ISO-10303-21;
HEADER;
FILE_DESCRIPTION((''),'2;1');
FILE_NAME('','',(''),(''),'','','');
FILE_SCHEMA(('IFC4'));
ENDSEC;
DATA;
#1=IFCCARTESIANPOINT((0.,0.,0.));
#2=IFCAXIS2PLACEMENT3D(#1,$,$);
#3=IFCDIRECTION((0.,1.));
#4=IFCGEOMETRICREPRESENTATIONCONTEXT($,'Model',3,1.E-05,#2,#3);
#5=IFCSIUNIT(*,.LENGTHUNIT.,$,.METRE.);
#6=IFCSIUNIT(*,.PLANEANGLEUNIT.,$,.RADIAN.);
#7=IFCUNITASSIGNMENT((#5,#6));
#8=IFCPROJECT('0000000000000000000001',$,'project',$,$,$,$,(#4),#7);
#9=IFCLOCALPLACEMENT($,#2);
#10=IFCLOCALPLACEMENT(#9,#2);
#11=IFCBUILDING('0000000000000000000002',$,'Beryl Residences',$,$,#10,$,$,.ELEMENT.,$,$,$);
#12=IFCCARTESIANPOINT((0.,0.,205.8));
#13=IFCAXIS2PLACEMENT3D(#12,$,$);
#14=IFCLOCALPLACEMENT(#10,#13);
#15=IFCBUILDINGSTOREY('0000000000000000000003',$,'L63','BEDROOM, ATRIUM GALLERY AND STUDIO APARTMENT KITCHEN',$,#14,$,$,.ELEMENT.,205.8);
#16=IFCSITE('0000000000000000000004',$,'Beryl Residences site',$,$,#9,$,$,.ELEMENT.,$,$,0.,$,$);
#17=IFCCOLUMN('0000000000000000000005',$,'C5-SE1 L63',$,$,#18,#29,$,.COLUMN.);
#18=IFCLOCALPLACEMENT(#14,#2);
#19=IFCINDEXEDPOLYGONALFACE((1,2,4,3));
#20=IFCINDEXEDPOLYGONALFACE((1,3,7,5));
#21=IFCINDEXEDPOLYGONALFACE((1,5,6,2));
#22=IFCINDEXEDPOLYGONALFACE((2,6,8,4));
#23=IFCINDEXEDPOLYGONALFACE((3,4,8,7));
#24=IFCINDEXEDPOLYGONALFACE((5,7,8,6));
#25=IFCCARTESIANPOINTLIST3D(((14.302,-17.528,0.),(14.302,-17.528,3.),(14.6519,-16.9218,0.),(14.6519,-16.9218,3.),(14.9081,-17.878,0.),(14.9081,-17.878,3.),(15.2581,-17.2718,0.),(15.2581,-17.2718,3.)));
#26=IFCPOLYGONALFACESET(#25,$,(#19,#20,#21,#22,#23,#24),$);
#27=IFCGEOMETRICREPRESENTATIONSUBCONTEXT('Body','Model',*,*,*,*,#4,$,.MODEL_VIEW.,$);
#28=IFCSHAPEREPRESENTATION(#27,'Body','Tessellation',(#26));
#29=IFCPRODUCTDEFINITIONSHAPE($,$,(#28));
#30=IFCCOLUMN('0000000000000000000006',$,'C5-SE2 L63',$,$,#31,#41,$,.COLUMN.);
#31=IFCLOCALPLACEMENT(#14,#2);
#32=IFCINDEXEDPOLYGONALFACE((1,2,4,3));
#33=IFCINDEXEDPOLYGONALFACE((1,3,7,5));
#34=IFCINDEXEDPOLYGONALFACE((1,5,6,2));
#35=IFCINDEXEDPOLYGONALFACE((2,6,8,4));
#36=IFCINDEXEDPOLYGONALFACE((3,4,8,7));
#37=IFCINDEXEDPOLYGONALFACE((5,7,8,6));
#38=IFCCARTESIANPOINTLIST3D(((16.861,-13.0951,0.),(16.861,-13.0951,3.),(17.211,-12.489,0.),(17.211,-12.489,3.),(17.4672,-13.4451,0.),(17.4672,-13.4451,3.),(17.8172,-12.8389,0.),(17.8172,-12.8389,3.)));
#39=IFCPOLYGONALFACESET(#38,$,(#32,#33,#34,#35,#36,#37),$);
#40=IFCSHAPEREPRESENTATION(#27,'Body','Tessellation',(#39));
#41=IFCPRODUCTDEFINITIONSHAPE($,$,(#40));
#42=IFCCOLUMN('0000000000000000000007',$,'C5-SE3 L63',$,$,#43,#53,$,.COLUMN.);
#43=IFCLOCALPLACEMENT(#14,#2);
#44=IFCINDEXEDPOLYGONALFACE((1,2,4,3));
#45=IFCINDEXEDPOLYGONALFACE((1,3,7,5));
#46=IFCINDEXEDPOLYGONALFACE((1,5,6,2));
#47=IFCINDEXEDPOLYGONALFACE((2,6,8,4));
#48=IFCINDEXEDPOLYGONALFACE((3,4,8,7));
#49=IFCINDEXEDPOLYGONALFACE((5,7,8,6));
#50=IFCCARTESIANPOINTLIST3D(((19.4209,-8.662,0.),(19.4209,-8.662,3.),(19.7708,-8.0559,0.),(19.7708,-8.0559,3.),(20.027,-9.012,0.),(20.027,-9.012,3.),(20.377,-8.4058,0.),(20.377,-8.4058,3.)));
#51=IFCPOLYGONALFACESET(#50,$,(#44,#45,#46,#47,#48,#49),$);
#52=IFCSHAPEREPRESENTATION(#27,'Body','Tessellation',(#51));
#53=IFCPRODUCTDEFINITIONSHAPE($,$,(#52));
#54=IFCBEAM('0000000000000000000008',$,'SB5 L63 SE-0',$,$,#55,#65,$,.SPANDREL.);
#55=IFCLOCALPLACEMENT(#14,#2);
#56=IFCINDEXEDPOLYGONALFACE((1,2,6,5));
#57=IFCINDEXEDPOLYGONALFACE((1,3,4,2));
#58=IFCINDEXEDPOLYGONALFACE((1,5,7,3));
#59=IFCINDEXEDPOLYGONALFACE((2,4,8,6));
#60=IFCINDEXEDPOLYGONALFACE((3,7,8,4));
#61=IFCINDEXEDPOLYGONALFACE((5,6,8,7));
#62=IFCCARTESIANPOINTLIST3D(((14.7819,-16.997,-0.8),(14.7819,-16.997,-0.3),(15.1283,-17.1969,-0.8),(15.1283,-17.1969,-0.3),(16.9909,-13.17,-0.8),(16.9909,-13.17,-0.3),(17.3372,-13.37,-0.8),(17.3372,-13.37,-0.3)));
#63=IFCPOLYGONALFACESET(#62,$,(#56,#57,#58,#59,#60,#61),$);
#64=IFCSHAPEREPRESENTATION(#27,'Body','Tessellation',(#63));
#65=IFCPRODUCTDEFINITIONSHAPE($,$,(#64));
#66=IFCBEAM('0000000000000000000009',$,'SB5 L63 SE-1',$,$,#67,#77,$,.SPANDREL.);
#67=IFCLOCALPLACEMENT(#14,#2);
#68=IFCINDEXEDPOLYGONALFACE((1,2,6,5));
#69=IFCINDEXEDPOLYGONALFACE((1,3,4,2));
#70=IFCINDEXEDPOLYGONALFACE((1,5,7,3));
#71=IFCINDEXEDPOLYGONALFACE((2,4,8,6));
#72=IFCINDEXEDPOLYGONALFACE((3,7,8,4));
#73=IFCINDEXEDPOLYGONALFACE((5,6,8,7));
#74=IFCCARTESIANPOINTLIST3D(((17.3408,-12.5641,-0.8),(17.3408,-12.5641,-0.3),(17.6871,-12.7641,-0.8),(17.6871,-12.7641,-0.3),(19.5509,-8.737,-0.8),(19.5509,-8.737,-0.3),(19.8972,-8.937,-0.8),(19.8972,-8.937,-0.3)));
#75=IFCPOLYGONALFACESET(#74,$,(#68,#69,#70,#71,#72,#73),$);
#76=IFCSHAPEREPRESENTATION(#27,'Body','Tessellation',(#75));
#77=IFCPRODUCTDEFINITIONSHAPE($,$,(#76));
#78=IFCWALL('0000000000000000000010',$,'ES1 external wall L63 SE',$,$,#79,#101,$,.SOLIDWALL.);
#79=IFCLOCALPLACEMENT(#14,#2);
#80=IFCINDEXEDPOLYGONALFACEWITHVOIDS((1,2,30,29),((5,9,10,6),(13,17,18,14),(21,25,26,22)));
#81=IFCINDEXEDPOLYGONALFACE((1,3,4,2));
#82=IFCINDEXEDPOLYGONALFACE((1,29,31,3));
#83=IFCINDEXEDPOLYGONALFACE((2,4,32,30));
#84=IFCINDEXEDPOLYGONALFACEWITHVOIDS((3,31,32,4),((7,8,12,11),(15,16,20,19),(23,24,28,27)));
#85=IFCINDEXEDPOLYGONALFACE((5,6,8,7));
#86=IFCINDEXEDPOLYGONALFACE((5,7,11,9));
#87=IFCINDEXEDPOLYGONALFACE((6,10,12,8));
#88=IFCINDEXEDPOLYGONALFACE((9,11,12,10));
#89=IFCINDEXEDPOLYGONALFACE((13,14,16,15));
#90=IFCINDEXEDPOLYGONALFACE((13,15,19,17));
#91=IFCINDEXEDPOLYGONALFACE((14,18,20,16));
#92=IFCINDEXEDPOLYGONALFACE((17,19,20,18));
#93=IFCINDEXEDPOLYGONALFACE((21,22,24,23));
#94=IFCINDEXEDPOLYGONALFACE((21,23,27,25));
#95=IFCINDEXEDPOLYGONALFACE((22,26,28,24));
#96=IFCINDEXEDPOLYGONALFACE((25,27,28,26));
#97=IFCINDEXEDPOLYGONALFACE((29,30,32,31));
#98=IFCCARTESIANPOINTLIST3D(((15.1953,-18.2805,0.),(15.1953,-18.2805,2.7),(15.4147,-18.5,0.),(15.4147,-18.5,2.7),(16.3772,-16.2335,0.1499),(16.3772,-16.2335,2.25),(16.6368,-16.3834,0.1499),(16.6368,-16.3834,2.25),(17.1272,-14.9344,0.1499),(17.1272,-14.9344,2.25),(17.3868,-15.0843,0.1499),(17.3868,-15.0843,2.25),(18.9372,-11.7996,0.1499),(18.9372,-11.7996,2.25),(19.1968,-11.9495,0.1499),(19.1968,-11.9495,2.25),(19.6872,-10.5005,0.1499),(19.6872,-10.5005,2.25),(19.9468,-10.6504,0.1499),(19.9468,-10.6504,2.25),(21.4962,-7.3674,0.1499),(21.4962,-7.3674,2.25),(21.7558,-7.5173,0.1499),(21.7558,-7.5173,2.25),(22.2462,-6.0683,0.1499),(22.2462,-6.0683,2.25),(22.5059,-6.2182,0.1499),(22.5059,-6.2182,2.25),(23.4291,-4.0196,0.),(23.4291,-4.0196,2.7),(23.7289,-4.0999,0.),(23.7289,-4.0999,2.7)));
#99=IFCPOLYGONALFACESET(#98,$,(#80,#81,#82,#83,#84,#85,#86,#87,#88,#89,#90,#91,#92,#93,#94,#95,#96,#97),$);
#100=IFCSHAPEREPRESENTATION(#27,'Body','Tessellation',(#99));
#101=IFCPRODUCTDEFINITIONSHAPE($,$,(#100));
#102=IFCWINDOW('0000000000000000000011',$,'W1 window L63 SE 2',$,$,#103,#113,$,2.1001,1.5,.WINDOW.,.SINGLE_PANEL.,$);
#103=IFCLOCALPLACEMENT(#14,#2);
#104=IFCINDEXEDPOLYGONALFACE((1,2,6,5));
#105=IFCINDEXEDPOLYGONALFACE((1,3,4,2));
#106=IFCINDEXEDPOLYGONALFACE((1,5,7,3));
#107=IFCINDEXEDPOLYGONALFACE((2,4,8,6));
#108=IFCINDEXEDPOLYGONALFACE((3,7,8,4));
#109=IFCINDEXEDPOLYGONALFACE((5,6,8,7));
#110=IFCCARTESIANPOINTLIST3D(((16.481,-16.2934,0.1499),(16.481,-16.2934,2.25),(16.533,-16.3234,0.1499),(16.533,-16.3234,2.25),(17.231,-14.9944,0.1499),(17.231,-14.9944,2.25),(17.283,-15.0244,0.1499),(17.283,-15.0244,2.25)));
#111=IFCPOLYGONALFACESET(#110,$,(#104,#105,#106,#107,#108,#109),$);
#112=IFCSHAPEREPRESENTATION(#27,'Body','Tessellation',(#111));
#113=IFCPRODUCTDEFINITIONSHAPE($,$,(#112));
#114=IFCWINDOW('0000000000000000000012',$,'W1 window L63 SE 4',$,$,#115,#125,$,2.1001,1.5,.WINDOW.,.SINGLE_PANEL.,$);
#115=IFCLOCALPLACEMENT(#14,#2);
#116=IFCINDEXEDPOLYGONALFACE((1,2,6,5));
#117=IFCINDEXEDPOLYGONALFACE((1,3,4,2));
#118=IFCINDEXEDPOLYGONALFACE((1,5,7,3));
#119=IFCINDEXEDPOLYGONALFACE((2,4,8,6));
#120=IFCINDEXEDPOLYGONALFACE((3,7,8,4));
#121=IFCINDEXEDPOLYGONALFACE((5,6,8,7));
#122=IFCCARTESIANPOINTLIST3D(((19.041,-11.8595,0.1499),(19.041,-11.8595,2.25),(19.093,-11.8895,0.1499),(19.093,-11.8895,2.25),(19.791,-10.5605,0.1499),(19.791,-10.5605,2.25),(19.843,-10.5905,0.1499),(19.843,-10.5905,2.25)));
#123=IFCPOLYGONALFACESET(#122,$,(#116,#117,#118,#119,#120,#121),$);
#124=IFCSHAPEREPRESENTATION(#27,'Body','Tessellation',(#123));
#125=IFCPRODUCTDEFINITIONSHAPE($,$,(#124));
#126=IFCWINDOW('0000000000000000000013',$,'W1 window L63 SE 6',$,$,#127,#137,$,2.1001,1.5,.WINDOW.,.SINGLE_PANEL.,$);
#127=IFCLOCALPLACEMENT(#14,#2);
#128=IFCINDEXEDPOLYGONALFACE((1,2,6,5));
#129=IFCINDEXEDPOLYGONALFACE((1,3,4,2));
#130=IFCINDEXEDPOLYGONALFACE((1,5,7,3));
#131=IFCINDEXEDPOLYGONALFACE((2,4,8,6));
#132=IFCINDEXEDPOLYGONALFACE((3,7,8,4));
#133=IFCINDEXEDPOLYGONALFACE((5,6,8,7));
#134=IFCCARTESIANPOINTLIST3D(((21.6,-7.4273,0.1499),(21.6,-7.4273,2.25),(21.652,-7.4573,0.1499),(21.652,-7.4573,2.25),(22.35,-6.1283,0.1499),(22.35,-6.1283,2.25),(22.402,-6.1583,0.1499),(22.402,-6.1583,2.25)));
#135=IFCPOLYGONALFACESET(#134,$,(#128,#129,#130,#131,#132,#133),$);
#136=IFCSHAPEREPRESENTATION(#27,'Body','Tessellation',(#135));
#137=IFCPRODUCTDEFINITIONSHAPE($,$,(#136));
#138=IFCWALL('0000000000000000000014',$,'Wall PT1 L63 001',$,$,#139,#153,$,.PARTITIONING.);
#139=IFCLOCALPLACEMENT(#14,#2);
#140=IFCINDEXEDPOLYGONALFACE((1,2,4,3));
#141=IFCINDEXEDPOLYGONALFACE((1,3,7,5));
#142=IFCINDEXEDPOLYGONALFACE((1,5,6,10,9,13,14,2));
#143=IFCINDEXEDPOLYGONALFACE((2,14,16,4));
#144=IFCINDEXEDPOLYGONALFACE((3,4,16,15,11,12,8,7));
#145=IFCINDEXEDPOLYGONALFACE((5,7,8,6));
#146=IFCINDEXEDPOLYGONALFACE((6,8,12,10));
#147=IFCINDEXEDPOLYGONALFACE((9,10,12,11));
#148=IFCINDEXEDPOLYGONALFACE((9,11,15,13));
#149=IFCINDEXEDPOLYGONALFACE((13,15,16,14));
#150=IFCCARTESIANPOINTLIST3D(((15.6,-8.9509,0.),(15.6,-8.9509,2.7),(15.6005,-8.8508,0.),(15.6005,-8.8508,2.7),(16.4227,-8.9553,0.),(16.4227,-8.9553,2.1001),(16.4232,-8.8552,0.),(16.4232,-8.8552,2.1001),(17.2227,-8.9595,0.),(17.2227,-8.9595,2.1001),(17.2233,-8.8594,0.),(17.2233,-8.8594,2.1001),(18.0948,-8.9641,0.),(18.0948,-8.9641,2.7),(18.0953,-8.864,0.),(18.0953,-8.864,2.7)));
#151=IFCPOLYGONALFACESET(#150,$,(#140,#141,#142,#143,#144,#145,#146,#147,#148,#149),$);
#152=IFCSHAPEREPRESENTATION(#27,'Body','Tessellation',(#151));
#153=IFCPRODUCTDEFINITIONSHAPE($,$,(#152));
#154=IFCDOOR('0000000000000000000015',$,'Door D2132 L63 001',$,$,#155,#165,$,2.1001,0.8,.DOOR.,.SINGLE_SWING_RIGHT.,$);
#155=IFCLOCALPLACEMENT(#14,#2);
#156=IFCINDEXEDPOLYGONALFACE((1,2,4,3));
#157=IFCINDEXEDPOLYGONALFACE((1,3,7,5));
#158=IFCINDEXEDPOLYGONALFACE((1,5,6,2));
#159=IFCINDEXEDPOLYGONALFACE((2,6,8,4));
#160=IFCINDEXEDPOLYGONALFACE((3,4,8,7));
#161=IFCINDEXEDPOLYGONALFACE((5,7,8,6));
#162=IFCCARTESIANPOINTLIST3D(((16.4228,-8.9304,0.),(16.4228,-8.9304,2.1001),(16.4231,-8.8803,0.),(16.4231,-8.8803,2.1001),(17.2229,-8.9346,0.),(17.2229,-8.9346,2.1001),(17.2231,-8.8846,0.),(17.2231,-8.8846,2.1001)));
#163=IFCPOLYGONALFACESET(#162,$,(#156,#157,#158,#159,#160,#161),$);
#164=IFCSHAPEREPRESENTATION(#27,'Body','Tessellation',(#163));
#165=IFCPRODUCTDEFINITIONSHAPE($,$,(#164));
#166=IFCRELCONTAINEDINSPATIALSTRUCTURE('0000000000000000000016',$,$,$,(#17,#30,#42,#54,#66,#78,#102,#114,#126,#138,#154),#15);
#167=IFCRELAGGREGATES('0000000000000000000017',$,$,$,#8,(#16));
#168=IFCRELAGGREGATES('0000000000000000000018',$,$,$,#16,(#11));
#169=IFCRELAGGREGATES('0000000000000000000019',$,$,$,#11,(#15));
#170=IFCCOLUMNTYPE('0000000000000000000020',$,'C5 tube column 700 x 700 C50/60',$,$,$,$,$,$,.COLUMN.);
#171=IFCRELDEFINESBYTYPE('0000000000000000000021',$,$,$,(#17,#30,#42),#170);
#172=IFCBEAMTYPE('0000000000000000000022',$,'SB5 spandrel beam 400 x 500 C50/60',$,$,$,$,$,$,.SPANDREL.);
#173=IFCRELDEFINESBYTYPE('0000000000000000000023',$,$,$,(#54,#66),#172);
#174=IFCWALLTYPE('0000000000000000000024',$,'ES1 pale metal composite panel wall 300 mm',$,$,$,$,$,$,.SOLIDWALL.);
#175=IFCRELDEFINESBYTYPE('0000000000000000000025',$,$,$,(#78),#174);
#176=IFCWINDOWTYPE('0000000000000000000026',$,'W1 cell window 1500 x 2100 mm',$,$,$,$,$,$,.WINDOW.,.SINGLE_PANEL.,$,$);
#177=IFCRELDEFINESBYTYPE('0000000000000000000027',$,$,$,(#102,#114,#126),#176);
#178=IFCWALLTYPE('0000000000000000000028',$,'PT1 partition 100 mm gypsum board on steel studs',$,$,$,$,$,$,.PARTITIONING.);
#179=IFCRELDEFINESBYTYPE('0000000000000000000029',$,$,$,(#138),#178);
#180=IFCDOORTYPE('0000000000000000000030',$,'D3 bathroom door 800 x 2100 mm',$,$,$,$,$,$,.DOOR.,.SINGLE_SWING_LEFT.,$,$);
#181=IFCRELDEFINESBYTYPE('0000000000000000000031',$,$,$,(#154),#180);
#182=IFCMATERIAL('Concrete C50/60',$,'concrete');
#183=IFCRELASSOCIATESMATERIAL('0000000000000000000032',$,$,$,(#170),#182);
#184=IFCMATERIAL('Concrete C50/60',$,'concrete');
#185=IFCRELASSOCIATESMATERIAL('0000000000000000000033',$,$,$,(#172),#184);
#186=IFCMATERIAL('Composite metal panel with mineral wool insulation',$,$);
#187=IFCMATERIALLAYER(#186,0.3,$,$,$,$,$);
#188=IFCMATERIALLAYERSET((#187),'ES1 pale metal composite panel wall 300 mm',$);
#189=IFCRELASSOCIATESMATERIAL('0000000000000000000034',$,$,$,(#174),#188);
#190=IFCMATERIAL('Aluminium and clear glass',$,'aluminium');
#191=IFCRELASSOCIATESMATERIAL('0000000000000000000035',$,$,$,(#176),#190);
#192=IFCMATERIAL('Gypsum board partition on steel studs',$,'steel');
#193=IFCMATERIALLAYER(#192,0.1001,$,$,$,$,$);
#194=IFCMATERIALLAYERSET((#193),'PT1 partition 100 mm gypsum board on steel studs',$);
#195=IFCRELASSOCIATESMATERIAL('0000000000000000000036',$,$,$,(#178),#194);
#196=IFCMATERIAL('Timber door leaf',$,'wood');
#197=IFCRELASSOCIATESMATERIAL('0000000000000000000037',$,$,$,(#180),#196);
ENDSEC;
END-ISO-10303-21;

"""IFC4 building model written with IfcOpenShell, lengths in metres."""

from ifc_helpers import new_model, si_unit, direction, frame, frame_2d, origin, origin_2d, place, context, subcontext, project, spatial, polyline, rectangle, outline, extrude, material, layer, layer_set, material_profile, profile_set, type_object, element, fill, save


model = new_model("IFC4")

# Units and contexts
model_context = context("Model", 3, precision=1e-05, world=origin(), true_north=direction((0.0, 1.0)))
body_context = subcontext(model_context, "Body", "Model", "MODEL_VIEW")
ifc_project = project(units=[si_unit("LENGTHUNIT", "METRE"), si_unit("PLANEANGLEUNIT", "RADIAN")], contexts=[model_context])

# Site, building, storey
site_placement = place(None, origin())
site = spatial("IfcSite", under=ifc_project, at=site_placement, Name="Beryl Residences site", CompositionType="ELEMENT", RefElevation=0.0)
building_placement = place(site_placement, origin())
building = spatial("IfcBuilding", under=site, at=building_placement, Name="Beryl Residences", CompositionType="ELEMENT")
storey_placement = place(building_placement, frame((0.0, 0.0, 205.8)))
storey = spatial("IfcBuildingStorey", under=building, at=storey_placement, Name="L63", Description="BEDROOM, ATRIUM GALLERY AND STUDIO APARTMENT KITCHEN", CompositionType="ELEMENT", Elevation=205.8)

# Columns
ifc_material_1 = material(Name="Concrete C50/60", Category="concrete")
ifc_material_profile_1 = material_profile(ifc_material_1, rectangle(XDim=0.7, YDim=0.7, at=origin_2d()))
ifc_profile_set_1 = profile_set([ifc_material_profile_1], Name="Concrete C50/60")
column_type = type_object("IfcColumnType", Name="C5 tube column 700 x 700 C50/60", PredefinedType="COLUMN", material=ifc_profile_set_1)
for number, where, z_axis, x_axis, name in (
    (1, (14.78, -17.3999, 0.0), (0.0, 0.0, 1.0), (0.499985, 0.866034, 0.0), "C5-SE1 L63"),
    (2, (17.3391, -12.967, 0.0), (0.0, 0.0, 1.0), (0.499985, 0.866034, 0.0), "C5-SE2 L63"),
    (3, (19.8989, -8.5339, 0.0), (0.0, 0.0, 1.0), (0.499985, 0.866034, 0.0), "C5-SE3 L63"),
):
    element("IfcColumn", number, at=place(storey_placement, frame(where, z_axis=z_axis, x_axis=x_axis)), inside=storey, type_object=column_type, Name=name, PredefinedType="COLUMN", context=body_context, shape_type="SweptSolid", body=[
        extrude(rectangle(XDim=0.7, YDim=0.7, at=origin_2d()), origin(), (0.0, 0.0, 1.0), 3.0),
    ])

# Beams
ifc_material_2 = material(Name="Concrete C50/60", Category="concrete")
ifc_material_profile_2 = material_profile(ifc_material_2, rectangle(XDim=0.3999, YDim=0.5, at=origin_2d()))
ifc_profile_set_2 = profile_set([ifc_material_profile_2], Name="Concrete C50/60")
beam_type = type_object("IfcBeamType", Name="SB5 spandrel beam 400 x 500 C50/60", PredefinedType="SPANDREL", material=ifc_profile_set_2)
beam_1_placement = place(storey_placement, frame((14.9551, -17.0969, -0.55), z_axis=(0.499919, 0.866072, 0.0), x_axis=(-0.866072, 0.499919, 0.0)))
element("IfcBeam", 4, at=beam_1_placement, inside=storey, type_object=beam_type, Name="SB5 L63 SE-0", PredefinedType="SPANDREL", context=body_context, shape_type="SweptSolid", body=[
    extrude(rectangle(XDim=0.3999, YDim=0.5, at=origin_2d()), origin(), (0.0, 0.0, 1.0), 4.4187),
])
beam_2_placement = place(storey_placement, frame((17.5139, -12.6641, -0.55), z_axis=(0.500102, 0.865967, 0.0), x_axis=(-0.865967, 0.500102, 0.0)))
element("IfcBeam", 5, at=beam_2_placement, inside=storey, type_object=beam_type, Name="SB5 L63 SE-1", PredefinedType="SPANDREL", context=body_context, shape_type="SweptSolid", body=[
    extrude(rectangle(XDim=0.3999, YDim=0.5, at=origin_2d()), origin(), (0.0, 0.0, 1.0), 4.4194),
])

# Wall, openings, windows
ifc_material_3 = material(Name="Composite metal panel with mineral wool insulation")
ifc_layer_1 = layer(ifc_material_3, 0.3)
ifc_layer_set_1 = layer_set([ifc_layer_1], Name="ES1 pale metal composite panel wall 300 mm")
wall_type_1 = type_object("IfcWallType", Name="ES1 pale metal composite panel wall 300 mm", PredefinedType="SOLIDWALL", material=ifc_layer_set_1)
wall_1_placement = place(storey_placement, frame((15.2849, -18.425, 0.0), z_axis=(0.0, 0.0, 1.0), x_axis=(0.500013, 0.866018, 0.0)))
wall_1 = element("IfcWall", 6, at=wall_1_placement, inside=storey, type_object=wall_type_1, Name="ES1 external wall L63 SE", PredefinedType="SOLIDWALL", context=body_context, shape_type="SweptSolid", body=[
    extrude(outline(polyline([(0.0, -0.1499), (16.6279, -0.1499), (16.5476, 0.1499), (0.0803, 0.1499), (0.0, -0.1499)])), origin(), (0.0, 0.0, 1.0), 2.7),
])
opening_1_placement = place(wall_1_placement, frame((2.4441, 0.0, 0.1499)))
opening_1 = element("IfcOpeningElement", 7, at=opening_1_placement, cuts=wall_1, PredefinedType="OPENING", context=body_context, shape_type="SweptSolid", body=[
    extrude(rectangle(XDim=1.5, YDim=2.1001, at=frame_2d((0.75, 1.05))), frame((0.0, 0.1599, 0.0), z_axis=(0.0, -1.0, 0.0), x_axis=(1.0, 0.0, 0.0)), (0.0, 0.0, 1.0), 0.3201),
])
opening_2_placement = place(wall_1_placement, frame((7.564, 0.0, 0.1499)))
opening_2 = element("IfcOpeningElement", 8, at=opening_2_placement, cuts=wall_1, PredefinedType="OPENING", context=body_context, shape_type="SweptSolid", body=[
    extrude(rectangle(XDim=1.5, YDim=2.1001, at=frame_2d((0.75, 1.05))), frame((0.0, 0.1599, 0.0), z_axis=(0.0, -1.0, 0.0), x_axis=(1.0, 0.0, 0.0)), (0.0, 0.0, 1.0), 0.3201),
])
opening_3_placement = place(wall_1_placement, frame((12.6819, 0.0, 0.1499)))
opening_3 = element("IfcOpeningElement", 9, at=opening_3_placement, cuts=wall_1, PredefinedType="OPENING", context=body_context, shape_type="SweptSolid", body=[
    extrude(rectangle(XDim=1.5, YDim=2.1001, at=frame_2d((0.75, 1.05))), frame((0.0, 0.1599, 0.0), z_axis=(0.0, -1.0, 0.0), x_axis=(1.0, 0.0, 0.0)), (0.0, 0.0, 1.0), 0.3201),
])
ifc_material_4 = material(Name="Aluminium and clear glass", Category="aluminium")
window_type = type_object("IfcWindowType", Name="W1 cell window 1500 x 2100 mm", PartitioningType="SINGLE_PANEL", PredefinedType="WINDOW", material=ifc_material_4)
window_1_placement = place(opening_1_placement, origin())
window_1 = element("IfcWindow", 10, at=window_1_placement, inside=storey, type_object=window_type, Name="W1 window L63 SE 2", OverallHeight=2.1001, OverallWidth=1.5, PartitioningType="SINGLE_PANEL", PredefinedType="WINDOW", context=body_context, shape_type="SweptSolid", body=[
    extrude(rectangle(XDim=1.5, YDim=2.1001, at=frame_2d((0.75, 1.05))), frame((0.0, 0.03, 0.0), z_axis=(0.0, -1.0, 0.0), x_axis=(1.0, 0.0, 0.0)), (0.0, 0.0, 1.0), 0.0601),
])
fill(opening_1, window_1)
window_2_placement = place(opening_2_placement, origin())
window_2 = element("IfcWindow", 11, at=window_2_placement, inside=storey, type_object=window_type, Name="W1 window L63 SE 4", OverallHeight=2.1001, OverallWidth=1.5, PartitioningType="SINGLE_PANEL", PredefinedType="WINDOW", context=body_context, shape_type="SweptSolid", body=[
    extrude(rectangle(XDim=1.5, YDim=2.1001, at=frame_2d((0.75, 1.05))), frame((0.0, 0.03, 0.0), z_axis=(0.0, -1.0, 0.0), x_axis=(1.0, 0.0, 0.0)), (0.0, 0.0, 1.0), 0.0601),
])
fill(opening_2, window_2)
window_3_placement = place(opening_3_placement, origin())
window_3 = element("IfcWindow", 12, at=window_3_placement, inside=storey, type_object=window_type, Name="W1 window L63 SE 6", OverallHeight=2.1001, OverallWidth=1.5, PartitioningType="SINGLE_PANEL", PredefinedType="WINDOW", context=body_context, shape_type="SweptSolid", body=[
    extrude(rectangle(XDim=1.5, YDim=2.1001, at=frame_2d((0.75, 1.05))), frame((0.0, 0.03, 0.0), z_axis=(0.0, -1.0, 0.0), x_axis=(1.0, 0.0, 0.0)), (0.0, 0.0, 1.0), 0.0601),
])
fill(opening_3, window_3)

# Wall, opening, door
ifc_material_5 = material(Name="Gypsum board partition on steel studs", Category="steel")
ifc_layer_2 = layer(ifc_material_5, 0.1001)
ifc_layer_set_2 = layer_set([ifc_layer_2], Name="PT1 partition 100 mm gypsum board on steel studs")
wall_type_2 = type_object("IfcWallType", Name="PT1 partition 100 mm gypsum board on steel studs", PredefinedType="PARTITIONING", material=ifc_layer_set_2)
wall_2_placement = place(storey_placement, frame((15.6001, -8.9009, 0.0), z_axis=(0.0, 0.0, 1.0), x_axis=(0.999986, -0.005284, 0.0)))
wall_2 = element("IfcWall", 13, at=wall_2_placement, inside=storey, type_object=wall_type_2, Name="Wall PT1 L63 001", PredefinedType="PARTITIONING", context=body_context, shape_type="SweptSolid", body=[
    extrude(rectangle(XDim=2.4949, YDim=0.1001, at=frame_2d((1.2476, 0.0))), origin(), (0.0, 0.0, 1.0), 2.7),
])
opening_4_placement = place(wall_2_placement, frame((0.823, 0.0, 0.0)))
opening_4 = element("IfcOpeningElement", 14, at=opening_4_placement, cuts=wall_2, PredefinedType="OPENING", context=body_context, shape_type="SweptSolid", body=[
    extrude(rectangle(XDim=0.8, YDim=2.1001, at=frame_2d((0.3999, 1.05))), frame((0.0, 0.0601, 0.0), z_axis=(0.0, -1.0, 0.0), x_axis=(1.0, 0.0, 0.0)), (0.0, 0.0, 1.0), 0.1201),
])
ifc_material_6 = material(Name="Timber door leaf", Category="wood")
door_type_1 = type_object("IfcDoorType", Name="D3 bathroom door 800 x 2100 mm", OperationType="SINGLE_SWING_LEFT", PredefinedType="DOOR", material=ifc_material_6)
door_1_placement = place(opening_4_placement, origin())
door_1 = element("IfcDoor", 15, at=door_1_placement, inside=storey, type_object=door_type_1, Name="Door D2132 L63 001", OperationType="SINGLE_SWING_RIGHT", OverallHeight=2.1001, OverallWidth=0.8, PredefinedType="DOOR", context=body_context, shape_type="SweptSolid", body=[
    extrude(rectangle(XDim=0.8, YDim=2.1001, at=frame_2d((0.3999, 1.05))), frame((0.0, 0.0249, 0.0), z_axis=(0.0, -1.0, 0.0), x_axis=(1.0, 0.0, 0.0)), (0.0, 0.0, 1.0), 0.05),
])
fill(opening_4, door_1)

save(model, "model.ifc")
